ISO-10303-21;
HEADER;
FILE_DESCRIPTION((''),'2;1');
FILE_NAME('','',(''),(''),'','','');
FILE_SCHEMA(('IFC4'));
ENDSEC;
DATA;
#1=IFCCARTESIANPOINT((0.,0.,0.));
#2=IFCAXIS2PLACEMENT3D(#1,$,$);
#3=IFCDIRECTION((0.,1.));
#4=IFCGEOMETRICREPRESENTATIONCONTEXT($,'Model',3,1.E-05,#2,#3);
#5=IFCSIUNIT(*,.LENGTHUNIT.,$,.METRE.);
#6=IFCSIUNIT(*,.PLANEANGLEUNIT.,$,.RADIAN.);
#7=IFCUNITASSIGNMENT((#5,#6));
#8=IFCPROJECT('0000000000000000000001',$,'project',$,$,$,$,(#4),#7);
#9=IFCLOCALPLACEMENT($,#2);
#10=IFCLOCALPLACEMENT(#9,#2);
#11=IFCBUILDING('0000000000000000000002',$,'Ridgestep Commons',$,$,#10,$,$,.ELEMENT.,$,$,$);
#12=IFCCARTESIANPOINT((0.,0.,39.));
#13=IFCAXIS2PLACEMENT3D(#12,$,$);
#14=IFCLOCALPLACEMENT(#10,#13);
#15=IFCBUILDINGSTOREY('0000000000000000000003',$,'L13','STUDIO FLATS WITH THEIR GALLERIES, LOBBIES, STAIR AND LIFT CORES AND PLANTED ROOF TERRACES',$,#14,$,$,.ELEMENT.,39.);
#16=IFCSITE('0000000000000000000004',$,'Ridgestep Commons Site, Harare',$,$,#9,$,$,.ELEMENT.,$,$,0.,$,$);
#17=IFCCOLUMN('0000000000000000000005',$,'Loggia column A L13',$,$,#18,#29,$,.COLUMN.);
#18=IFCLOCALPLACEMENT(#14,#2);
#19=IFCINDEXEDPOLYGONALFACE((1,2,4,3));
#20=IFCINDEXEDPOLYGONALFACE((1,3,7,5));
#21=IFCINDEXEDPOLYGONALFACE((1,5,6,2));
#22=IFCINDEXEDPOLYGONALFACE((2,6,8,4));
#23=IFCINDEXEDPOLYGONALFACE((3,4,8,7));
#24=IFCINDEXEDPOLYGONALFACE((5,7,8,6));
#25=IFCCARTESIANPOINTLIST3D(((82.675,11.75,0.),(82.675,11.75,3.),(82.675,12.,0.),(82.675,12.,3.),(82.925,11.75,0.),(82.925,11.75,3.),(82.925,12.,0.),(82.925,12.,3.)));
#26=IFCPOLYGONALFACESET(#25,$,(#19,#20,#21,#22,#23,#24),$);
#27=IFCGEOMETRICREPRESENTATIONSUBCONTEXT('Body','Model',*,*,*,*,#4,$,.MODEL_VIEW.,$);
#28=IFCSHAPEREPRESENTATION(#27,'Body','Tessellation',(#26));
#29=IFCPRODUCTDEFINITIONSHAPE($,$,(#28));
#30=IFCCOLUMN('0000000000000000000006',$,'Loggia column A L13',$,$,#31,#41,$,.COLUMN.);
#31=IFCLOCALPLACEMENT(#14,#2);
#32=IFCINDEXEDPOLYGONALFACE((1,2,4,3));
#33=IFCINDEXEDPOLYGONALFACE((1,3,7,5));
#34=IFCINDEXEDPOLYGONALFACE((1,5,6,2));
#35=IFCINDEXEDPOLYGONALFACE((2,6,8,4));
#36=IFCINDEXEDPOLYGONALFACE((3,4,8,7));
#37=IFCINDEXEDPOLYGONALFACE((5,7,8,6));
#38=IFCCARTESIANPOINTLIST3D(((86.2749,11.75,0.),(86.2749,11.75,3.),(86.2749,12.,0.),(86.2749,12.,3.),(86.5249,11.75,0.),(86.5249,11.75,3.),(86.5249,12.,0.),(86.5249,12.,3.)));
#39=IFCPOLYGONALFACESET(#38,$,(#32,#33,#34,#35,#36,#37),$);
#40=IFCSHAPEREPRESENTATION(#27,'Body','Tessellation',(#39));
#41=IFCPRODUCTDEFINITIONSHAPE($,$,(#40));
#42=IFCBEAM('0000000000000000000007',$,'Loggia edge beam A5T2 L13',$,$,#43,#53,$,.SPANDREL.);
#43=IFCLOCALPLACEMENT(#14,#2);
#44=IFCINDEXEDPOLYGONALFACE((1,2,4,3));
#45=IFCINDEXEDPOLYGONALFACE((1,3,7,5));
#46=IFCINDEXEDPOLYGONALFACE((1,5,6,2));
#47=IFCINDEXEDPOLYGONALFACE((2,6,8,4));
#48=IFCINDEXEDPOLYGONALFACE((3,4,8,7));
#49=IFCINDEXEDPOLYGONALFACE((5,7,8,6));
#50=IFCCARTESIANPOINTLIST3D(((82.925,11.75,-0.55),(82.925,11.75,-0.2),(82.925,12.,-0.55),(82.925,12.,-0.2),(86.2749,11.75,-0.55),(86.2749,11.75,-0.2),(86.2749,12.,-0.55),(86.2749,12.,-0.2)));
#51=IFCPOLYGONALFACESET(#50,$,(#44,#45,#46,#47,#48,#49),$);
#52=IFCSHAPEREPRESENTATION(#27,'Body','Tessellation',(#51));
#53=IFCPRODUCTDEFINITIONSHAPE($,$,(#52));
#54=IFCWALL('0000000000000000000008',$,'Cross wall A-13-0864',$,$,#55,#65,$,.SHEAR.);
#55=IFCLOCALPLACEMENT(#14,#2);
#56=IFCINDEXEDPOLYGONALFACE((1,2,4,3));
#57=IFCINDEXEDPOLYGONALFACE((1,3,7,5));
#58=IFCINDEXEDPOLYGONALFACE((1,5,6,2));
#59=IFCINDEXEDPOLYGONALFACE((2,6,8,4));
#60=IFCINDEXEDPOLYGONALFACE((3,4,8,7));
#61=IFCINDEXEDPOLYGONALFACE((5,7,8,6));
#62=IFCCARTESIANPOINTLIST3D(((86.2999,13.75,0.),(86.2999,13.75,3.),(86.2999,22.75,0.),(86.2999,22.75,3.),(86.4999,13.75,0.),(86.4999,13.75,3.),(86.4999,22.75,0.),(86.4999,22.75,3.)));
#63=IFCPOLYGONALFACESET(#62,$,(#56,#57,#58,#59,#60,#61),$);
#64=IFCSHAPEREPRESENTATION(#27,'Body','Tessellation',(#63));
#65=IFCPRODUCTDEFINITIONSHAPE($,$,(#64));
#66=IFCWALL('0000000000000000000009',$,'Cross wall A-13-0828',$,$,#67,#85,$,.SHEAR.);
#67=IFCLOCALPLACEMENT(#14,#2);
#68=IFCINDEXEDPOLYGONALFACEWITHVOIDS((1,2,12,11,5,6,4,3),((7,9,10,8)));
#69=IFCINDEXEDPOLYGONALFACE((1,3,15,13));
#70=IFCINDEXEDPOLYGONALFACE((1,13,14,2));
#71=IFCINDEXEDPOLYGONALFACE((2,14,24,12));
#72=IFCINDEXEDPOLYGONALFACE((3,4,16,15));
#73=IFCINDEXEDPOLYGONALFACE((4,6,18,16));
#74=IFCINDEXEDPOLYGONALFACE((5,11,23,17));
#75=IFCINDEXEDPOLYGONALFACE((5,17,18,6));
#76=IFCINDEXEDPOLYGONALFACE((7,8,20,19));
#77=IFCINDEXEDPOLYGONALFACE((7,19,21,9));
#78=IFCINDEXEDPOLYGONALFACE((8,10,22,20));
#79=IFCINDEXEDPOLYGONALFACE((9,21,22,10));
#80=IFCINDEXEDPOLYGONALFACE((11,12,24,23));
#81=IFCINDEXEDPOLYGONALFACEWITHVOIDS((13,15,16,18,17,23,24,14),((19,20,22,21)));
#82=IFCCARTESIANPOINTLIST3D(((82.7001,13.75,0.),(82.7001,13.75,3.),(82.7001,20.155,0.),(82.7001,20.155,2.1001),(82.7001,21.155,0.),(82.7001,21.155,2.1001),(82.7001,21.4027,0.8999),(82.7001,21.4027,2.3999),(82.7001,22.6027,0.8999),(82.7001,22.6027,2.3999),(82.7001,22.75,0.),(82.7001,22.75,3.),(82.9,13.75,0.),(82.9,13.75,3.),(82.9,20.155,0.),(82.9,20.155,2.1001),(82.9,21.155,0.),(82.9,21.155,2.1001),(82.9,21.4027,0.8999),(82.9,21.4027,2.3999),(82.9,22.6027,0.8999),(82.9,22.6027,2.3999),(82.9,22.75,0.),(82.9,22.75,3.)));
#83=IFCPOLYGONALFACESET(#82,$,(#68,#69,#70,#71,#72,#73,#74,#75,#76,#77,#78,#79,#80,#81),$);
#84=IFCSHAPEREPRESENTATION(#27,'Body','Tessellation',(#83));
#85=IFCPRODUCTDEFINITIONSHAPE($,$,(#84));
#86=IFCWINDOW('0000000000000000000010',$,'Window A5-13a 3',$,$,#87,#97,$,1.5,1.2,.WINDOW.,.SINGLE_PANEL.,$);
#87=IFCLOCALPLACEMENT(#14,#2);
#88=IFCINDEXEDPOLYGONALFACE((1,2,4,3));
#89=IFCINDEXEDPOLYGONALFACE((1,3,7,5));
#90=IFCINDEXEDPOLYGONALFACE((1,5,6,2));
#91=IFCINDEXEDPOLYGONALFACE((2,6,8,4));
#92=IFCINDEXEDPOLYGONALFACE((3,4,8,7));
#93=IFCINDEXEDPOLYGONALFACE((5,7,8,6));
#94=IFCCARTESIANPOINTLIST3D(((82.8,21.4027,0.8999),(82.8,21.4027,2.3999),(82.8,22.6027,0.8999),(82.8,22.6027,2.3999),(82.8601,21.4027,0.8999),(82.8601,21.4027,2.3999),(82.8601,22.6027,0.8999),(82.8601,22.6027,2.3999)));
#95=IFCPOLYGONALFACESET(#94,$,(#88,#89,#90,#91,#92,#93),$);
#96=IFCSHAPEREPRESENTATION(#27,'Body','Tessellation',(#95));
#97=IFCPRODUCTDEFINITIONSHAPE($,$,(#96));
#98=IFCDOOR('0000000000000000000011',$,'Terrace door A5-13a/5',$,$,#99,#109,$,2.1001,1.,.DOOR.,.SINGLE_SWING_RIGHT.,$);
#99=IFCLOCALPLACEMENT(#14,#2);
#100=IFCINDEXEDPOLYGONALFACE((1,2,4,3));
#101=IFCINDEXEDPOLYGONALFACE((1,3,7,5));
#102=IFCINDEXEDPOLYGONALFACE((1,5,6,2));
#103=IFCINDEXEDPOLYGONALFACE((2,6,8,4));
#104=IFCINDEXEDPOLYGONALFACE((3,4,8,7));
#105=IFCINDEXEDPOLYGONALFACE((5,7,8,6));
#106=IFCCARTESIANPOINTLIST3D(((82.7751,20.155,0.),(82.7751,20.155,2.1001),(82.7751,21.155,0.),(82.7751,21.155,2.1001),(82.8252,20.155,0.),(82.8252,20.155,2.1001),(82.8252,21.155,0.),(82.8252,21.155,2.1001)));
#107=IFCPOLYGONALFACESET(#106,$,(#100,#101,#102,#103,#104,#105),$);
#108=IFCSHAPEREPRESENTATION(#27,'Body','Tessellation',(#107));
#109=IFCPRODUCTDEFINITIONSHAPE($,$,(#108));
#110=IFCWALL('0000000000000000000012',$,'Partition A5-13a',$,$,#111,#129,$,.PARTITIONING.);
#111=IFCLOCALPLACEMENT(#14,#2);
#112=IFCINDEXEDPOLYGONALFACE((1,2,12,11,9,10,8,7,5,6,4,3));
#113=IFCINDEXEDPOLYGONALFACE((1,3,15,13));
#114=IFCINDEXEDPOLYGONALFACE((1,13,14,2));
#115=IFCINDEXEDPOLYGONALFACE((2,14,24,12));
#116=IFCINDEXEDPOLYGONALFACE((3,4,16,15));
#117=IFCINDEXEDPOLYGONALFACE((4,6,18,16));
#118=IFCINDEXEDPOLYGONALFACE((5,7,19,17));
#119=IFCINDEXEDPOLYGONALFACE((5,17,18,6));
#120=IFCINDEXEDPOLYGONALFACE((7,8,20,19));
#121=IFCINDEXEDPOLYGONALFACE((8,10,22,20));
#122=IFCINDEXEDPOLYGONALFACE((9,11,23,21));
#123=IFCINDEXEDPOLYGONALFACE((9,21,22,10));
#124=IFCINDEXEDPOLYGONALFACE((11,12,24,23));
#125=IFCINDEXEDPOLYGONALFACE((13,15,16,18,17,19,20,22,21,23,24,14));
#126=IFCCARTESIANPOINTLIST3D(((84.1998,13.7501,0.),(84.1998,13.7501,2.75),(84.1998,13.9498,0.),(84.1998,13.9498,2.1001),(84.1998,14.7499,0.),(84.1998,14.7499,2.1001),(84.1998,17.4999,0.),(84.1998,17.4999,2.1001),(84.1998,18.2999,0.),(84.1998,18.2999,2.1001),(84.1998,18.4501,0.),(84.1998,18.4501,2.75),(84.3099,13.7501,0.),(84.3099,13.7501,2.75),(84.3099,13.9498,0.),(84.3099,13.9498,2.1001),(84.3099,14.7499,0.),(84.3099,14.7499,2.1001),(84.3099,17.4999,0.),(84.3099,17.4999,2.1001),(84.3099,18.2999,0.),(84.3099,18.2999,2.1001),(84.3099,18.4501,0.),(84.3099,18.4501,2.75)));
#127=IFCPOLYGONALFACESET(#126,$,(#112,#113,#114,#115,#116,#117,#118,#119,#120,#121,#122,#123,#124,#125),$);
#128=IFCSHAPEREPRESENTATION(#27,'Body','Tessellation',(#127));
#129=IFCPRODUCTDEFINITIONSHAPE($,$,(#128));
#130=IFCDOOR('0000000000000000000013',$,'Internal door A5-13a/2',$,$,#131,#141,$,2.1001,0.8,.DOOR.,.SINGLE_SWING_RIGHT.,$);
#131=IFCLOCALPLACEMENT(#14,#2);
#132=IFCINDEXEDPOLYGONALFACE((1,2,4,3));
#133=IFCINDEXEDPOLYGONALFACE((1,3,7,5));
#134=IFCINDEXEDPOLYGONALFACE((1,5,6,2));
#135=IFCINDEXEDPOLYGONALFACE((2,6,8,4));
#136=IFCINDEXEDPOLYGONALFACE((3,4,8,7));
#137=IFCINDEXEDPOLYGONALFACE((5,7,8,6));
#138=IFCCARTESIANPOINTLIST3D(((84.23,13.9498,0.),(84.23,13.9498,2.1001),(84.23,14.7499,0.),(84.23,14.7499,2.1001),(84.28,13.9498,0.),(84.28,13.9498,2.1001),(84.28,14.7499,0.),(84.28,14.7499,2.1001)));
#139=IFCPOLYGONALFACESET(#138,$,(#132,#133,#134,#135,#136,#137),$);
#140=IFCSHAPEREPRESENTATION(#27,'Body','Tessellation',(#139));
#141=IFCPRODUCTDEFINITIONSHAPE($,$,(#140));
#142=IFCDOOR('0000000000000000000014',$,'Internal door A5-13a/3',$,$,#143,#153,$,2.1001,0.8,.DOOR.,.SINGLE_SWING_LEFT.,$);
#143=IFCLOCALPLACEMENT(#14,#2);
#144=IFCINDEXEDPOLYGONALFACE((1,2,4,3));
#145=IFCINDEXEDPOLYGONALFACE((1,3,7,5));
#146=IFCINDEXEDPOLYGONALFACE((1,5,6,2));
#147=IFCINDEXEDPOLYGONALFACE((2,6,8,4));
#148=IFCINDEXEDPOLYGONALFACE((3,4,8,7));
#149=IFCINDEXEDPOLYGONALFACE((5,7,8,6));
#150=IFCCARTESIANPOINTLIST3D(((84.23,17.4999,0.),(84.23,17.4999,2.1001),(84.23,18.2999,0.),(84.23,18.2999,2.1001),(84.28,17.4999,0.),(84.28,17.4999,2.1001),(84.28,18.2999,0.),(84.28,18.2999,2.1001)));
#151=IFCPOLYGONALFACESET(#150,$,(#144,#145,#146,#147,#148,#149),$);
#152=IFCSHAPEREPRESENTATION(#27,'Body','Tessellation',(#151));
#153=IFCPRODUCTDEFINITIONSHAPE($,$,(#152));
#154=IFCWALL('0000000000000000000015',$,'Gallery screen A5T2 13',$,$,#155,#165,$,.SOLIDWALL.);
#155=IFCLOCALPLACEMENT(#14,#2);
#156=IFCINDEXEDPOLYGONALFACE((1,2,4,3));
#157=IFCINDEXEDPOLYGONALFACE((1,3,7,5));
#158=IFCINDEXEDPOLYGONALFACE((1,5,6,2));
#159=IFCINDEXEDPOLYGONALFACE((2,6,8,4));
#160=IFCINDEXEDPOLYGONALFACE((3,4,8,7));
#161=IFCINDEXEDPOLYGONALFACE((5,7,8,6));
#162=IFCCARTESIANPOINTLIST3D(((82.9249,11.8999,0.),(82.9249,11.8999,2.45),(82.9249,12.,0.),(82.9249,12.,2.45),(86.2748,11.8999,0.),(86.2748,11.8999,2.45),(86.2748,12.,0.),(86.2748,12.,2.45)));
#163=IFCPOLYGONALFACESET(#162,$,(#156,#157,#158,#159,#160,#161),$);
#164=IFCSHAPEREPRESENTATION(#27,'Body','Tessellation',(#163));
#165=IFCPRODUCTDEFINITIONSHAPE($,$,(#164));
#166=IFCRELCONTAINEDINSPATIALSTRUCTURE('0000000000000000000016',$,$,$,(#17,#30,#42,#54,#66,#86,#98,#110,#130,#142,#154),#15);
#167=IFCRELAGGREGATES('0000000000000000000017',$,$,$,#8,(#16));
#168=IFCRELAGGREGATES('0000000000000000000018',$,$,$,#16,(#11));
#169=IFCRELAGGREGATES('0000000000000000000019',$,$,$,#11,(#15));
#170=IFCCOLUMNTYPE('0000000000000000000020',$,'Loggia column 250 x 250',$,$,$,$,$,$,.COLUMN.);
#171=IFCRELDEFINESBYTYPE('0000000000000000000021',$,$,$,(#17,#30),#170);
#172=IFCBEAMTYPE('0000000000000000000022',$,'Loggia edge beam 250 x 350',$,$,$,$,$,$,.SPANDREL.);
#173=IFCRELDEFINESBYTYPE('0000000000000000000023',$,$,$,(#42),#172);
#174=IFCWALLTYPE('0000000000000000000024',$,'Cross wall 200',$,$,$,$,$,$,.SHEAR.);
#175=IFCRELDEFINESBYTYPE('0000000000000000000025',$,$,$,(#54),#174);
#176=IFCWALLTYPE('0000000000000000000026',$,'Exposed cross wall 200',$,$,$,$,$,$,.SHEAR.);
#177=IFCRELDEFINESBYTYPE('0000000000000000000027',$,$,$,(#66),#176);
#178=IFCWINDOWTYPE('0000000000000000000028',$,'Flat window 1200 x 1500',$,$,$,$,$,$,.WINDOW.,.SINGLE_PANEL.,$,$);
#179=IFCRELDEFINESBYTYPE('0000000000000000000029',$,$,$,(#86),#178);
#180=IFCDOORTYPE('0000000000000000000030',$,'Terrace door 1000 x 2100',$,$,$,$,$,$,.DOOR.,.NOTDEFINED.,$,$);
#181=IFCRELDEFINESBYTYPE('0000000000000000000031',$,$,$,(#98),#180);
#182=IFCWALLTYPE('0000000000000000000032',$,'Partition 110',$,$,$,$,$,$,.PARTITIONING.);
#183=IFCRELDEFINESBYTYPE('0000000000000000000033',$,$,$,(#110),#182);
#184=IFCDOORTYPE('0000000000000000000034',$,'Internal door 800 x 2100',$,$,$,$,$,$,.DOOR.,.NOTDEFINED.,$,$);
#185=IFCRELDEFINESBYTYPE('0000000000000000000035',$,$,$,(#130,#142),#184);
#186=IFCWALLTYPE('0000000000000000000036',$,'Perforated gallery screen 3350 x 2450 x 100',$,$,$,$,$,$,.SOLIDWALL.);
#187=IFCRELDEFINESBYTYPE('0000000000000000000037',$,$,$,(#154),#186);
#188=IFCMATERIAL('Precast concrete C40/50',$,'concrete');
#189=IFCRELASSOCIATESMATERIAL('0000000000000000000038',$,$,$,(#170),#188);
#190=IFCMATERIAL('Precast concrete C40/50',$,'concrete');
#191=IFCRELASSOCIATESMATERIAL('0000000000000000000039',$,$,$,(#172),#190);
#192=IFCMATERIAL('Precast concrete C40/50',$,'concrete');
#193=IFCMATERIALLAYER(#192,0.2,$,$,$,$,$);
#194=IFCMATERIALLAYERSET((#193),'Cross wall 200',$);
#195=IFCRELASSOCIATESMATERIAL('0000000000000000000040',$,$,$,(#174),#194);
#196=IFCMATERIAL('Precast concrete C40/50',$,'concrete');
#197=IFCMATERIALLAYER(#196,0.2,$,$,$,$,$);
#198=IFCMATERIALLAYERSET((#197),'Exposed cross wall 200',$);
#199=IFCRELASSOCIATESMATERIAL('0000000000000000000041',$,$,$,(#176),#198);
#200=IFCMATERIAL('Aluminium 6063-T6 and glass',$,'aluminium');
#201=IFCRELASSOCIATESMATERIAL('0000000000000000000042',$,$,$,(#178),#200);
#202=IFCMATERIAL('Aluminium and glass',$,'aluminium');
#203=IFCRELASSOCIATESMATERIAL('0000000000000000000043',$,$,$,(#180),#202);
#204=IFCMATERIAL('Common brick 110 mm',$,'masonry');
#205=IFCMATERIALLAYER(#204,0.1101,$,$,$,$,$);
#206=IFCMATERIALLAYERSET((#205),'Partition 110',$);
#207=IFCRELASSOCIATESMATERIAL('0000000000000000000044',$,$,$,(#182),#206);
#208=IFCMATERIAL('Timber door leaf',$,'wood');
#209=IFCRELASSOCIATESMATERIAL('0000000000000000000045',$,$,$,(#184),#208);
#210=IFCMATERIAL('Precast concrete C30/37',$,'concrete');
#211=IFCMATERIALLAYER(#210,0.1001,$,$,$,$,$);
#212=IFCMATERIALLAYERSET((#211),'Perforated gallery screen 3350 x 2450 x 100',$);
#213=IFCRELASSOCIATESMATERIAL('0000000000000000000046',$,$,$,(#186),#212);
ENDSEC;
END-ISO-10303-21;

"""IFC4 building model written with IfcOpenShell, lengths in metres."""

from ifc_helpers import new_model, si_unit, direction, frame, frame_2d, origin, origin_2d, place, context, subcontext, project, spatial, rectangle, extrude, material, layer, layer_set, material_profile, profile_set, type_object, element, fill, save


model = new_model("IFC4")

# Units and contexts
model_context = context("Model", 3, precision=1e-05, world=origin(), true_north=direction((0.0, 1.0)))
body_context = subcontext(model_context, "Body", "Model", "MODEL_VIEW")
ifc_project = project(units=[si_unit("LENGTHUNIT", "METRE"), si_unit("PLANEANGLEUNIT", "RADIAN")], contexts=[model_context])

# Site, building, storey
site_placement = place(None, origin())
site = spatial("IfcSite", under=ifc_project, at=site_placement, Name="Ridgestep Commons Site, Harare", CompositionType="ELEMENT", RefElevation=0.0)
building_placement = place(site_placement, origin())
building = spatial("IfcBuilding", under=site, at=building_placement, Name="Ridgestep Commons", CompositionType="ELEMENT")
storey_placement = place(building_placement, frame((0.0, 0.0, 39.0)))
storey = spatial("IfcBuildingStorey", under=building, at=storey_placement, Name="L13", Description="STUDIO FLATS WITH THEIR GALLERIES, LOBBIES, STAIR AND LIFT CORES AND PLANTED ROOF TERRACES", CompositionType="ELEMENT", Elevation=39.0)

# Columns
ifc_material_1 = material(Name="Precast concrete C40/50", Category="concrete")
ifc_material_profile_1 = material_profile(ifc_material_1, rectangle(XDim=0.25, YDim=0.25, at=origin_2d()), Name="PC 250x250")
ifc_profile_set_1 = profile_set([ifc_material_profile_1], Name="Precast concrete C40/50")
column_type = type_object("IfcColumnType", Name="Loggia column 250 x 250", PredefinedType="COLUMN", material=ifc_profile_set_1)
for number, where, z_axis, x_axis, name in (
    (1, (82.8, 11.875, 0.0), (0.0, 0.0, 1.0), (1.0, 0.0, 0.0), "Loggia column A L13"),
    (2, (86.3999, 11.875, 0.0), (0.0, 0.0, 1.0), (1.0, 0.0, 0.0), "Loggia column A L13"),
):
    element("IfcColumn", number, at=place(storey_placement, frame(where, z_axis=z_axis, x_axis=x_axis)), inside=storey, type_object=column_type, Name=name, PredefinedType="COLUMN", context=body_context, shape_type="SweptSolid", body=[
        extrude(rectangle(XDim=0.25, YDim=0.25, at=origin_2d()), origin(), (0.0, 0.0, 1.0), 3.0),
    ])

# Beam
ifc_material_2 = material(Name="Precast concrete C40/50", Category="concrete")
ifc_material_profile_2 = material_profile(ifc_material_2, rectangle(XDim=0.25, YDim=0.3501, at=origin_2d()), Name="PC 250x350")
ifc_profile_set_2 = profile_set([ifc_material_profile_2], Name="Precast concrete C40/50")
beam_type = type_object("IfcBeamType", Name="Loggia edge beam 250 x 350", PredefinedType="SPANDREL", material=ifc_profile_set_2)
beam_placement = place(storey_placement, frame((82.925, 11.875, -0.375), z_axis=(1.0, 0.0, 0.0), x_axis=(0.0, 1.0, 0.0)))
element("IfcBeam", 3, at=beam_placement, inside=storey, type_object=beam_type, Name="Loggia edge beam A5T2 L13", PredefinedType="SPANDREL", context=body_context, shape_type="SweptSolid", body=[
    extrude(rectangle(XDim=0.25, YDim=0.3501, at=origin_2d()), origin(), (0.0, 0.0, 1.0), 3.3499),
])

# Wall
ifc_material_3 = material(Name="Precast concrete C40/50", Category="concrete")
ifc_layer_1 = layer(ifc_material_3, 0.2)
ifc_layer_set_1 = layer_set([ifc_layer_1], Name="Cross wall 200")
wall_type_1 = type_object("IfcWallType", Name="Cross wall 200", PredefinedType="SHEAR", material=ifc_layer_set_1)
wall_1_placement = place(storey_placement, frame((86.3999, 13.75, 0.0), z_axis=(0.0, 0.0, 1.0), x_axis=(0.0, 1.0, 0.0)))
element("IfcWall", 4, at=wall_1_placement, inside=storey, type_object=wall_type_1, Name="Cross wall A-13-0864", PredefinedType="SHEAR", context=body_context, shape_type="SweptSolid", body=[
    extrude(rectangle(XDim=9.0, YDim=0.2, at=frame_2d((4.5, 0.0))), origin(), (0.0, 0.0, 1.0), 3.0),
])

# Wall, openings, window, door
ifc_material_4 = material(Name="Precast concrete C40/50", Category="concrete")
ifc_layer_2 = layer(ifc_material_4, 0.2)
ifc_layer_set_2 = layer_set([ifc_layer_2], Name="Exposed cross wall 200")
wall_type_2 = type_object("IfcWallType", Name="Exposed cross wall 200", PredefinedType="SHEAR", material=ifc_layer_set_2)
wall_2_placement = place(storey_placement, frame((82.8, 13.75, 0.0), z_axis=(0.0, 0.0, 1.0), x_axis=(0.0, 1.0, 0.0)))
wall_2 = element("IfcWall", 5, at=wall_2_placement, inside=storey, type_object=wall_type_2, Name="Cross wall A-13-0828", PredefinedType="SHEAR", context=body_context, shape_type="SweptSolid", body=[
    extrude(rectangle(XDim=9.0, YDim=0.2, at=frame_2d((4.5, 0.0))), origin(), (0.0, 0.0, 1.0), 3.0),
])
opening_1_placement = place(wall_2_placement, frame((7.6526, 0.0, 0.8999)))
opening_1 = element("IfcOpeningElement", 6, at=opening_1_placement, cuts=wall_2, PredefinedType="OPENING", context=body_context, shape_type="SweptSolid", body=[
    extrude(rectangle(XDim=1.2, YDim=1.5, at=frame_2d((0.6001, 0.75))), frame((0.0, 0.1099, 0.0), z_axis=(0.0, -1.0, 0.0), x_axis=(1.0, 0.0, 0.0)), (0.0, 0.0, 1.0), 0.22),
])
opening_2_placement = place(wall_2_placement, frame((6.405, 0.0, 0.0)))
opening_2 = element("IfcOpeningElement", 7, at=opening_2_placement, cuts=wall_2, PredefinedType="OPENING", context=body_context, shape_type="SweptSolid", body=[
    extrude(rectangle(XDim=1.0, YDim=2.1001, at=frame_2d((0.5, 1.05))), frame((0.0, 0.1099, 0.0), z_axis=(0.0, -1.0, 0.0), x_axis=(1.0, 0.0, 0.0)), (0.0, 0.0, 1.0), 0.22),
])
ifc_material_5 = material(Name="Aluminium 6063-T6 and glass", Category="aluminium")
window_type_1 = type_object("IfcWindowType", Name="Flat window 1200 x 1500", PartitioningType="SINGLE_PANEL", PredefinedType="WINDOW", material=ifc_material_5)
window_1_placement = place(opening_1_placement, origin())
window_1 = element("IfcWindow", 8, at=window_1_placement, inside=storey, type_object=window_type_1, Name="Window A5-13a 3", OverallHeight=1.5, OverallWidth=1.2, PartitioningType="SINGLE_PANEL", PredefinedType="WINDOW", context=body_context, shape_type="SweptSolid", body=[
    extrude(rectangle(XDim=1.2, YDim=1.5, at=frame_2d((0.6001, 0.75))), frame((0.0, 0.0, 0.0), z_axis=(0.0, -1.0, 0.0), x_axis=(1.0, 0.0, 0.0)), (0.0, 0.0, 1.0), 0.0601),
])
fill(opening_1, window_1)
ifc_material_6 = material(Name="Aluminium and glass", Category="aluminium")
door_type_1 = type_object("IfcDoorType", Name="Terrace door 1000 x 2100", OperationType="NOTDEFINED", PredefinedType="DOOR", material=ifc_material_6)
door_1_placement = place(opening_2_placement, origin())
door_1 = element("IfcDoor", 9, at=door_1_placement, inside=storey, type_object=door_type_1, Name="Terrace door A5-13a/5", OperationType="SINGLE_SWING_RIGHT", OverallHeight=2.1001, OverallWidth=1.0, PredefinedType="DOOR", context=body_context, shape_type="SweptSolid", body=[
    extrude(rectangle(XDim=1.0, YDim=2.1001, at=frame_2d((0.5, 1.05))), frame((0.0, 0.0249, 0.0), z_axis=(0.0, -1.0, 0.0), x_axis=(1.0, 0.0, 0.0)), (0.0, 0.0, 1.0), 0.05),
])
fill(opening_2, door_1)

# Wall, openings, doors
ifc_material_7 = material(Name="Common brick 110 mm", Category="masonry")
ifc_layer_3 = layer(ifc_material_7, 0.1101)
ifc_layer_set_3 = layer_set([ifc_layer_3], Name="Partition 110")
wall_type_3 = type_object("IfcWallType", Name="Partition 110", PredefinedType="PARTITIONING", material=ifc_layer_set_3)
wall_3_placement = place(storey_placement, frame((84.2549, 13.75, 0.0), z_axis=(0.0, 0.0, 1.0), x_axis=(0.0, 1.0, 0.0)))
wall_3 = element("IfcWall", 10, at=wall_3_placement, inside=storey, type_object=wall_type_3, Name="Partition A5-13a", PredefinedType="PARTITIONING", context=body_context, shape_type="SweptSolid", body=[
    extrude(rectangle(XDim=4.7, YDim=0.1101, at=frame_2d((2.3501, 0.0))), origin(), (0.0, 0.0, 1.0), 2.75),
])
opening_3_placement = place(wall_3_placement, frame((0.2, 0.0, 0.0)))
opening_3 = element("IfcOpeningElement", 11, at=opening_3_placement, cuts=wall_3, PredefinedType="OPENING", context=body_context, shape_type="SweptSolid", body=[
    extrude(rectangle(XDim=0.8, YDim=2.1001, at=frame_2d((0.3999, 1.05))), frame((0.0, 0.0649, 0.0), z_axis=(0.0, -1.0, 0.0), x_axis=(1.0, 0.0, 0.0)), (0.0, 0.0, 1.0), 0.1301),
])
opening_4_placement = place(wall_3_placement, frame((3.75, 0.0, 0.0)))
opening_4 = element("IfcOpeningElement", 12, at=opening_4_placement, cuts=wall_3, PredefinedType="OPENING", context=body_context, shape_type="SweptSolid", body=[
    extrude(rectangle(XDim=0.8, YDim=2.1001, at=frame_2d((0.3999, 1.05))), frame((0.0, 0.0649, 0.0), z_axis=(0.0, -1.0, 0.0), x_axis=(1.0, 0.0, 0.0)), (0.0, 0.0, 1.0), 0.1301),
])
ifc_material_8 = material(Name="Timber door leaf", Category="wood")
door_type_2 = type_object("IfcDoorType", Name="Internal door 800 x 2100", OperationType="NOTDEFINED", PredefinedType="DOOR", material=ifc_material_8)
door_2_placement = place(opening_3_placement, origin())
door_2 = element("IfcDoor", 13, at=door_2_placement, inside=storey, type_object=door_type_2, Name="Internal door A5-13a/2", OperationType="SINGLE_SWING_RIGHT", OverallHeight=2.1001, OverallWidth=0.8, PredefinedType="DOOR", context=body_context, shape_type="SweptSolid", body=[
    extrude(rectangle(XDim=0.8, YDim=2.1001, at=frame_2d((0.3999, 1.05))), frame((0.0, 0.0249, 0.0), z_axis=(0.0, -1.0, 0.0), x_axis=(1.0, 0.0, 0.0)), (0.0, 0.0, 1.0), 0.05),
])
fill(opening_3, door_2)
door_3_placement = place(opening_4_placement, origin())
door_3 = element("IfcDoor", 14, at=door_3_placement, inside=storey, type_object=door_type_2, Name="Internal door A5-13a/3", OperationType="SINGLE_SWING_LEFT", OverallHeight=2.1001, OverallWidth=0.8, PredefinedType="DOOR", context=body_context, shape_type="SweptSolid", body=[
    extrude(rectangle(XDim=0.8, YDim=2.1001, at=frame_2d((0.3999, 1.05))), frame((0.0, 0.0249, 0.0), z_axis=(0.0, -1.0, 0.0), x_axis=(1.0, 0.0, 0.0)), (0.0, 0.0, 1.0), 0.05),
])
fill(opening_4, door_3)

# Wall
ifc_material_9 = material(Name="Precast concrete C30/37", Category="concrete")
ifc_layer_4 = layer(ifc_material_9, 0.1001)
ifc_layer_set_4 = layer_set([ifc_layer_4], Name="Perforated gallery screen 3350 x 2450 x 100")
wall_type_4 = type_object("IfcWallType", Name="Perforated gallery screen 3350 x 2450 x 100", PredefinedType="SOLIDWALL", material=ifc_layer_set_4)
wall_4_placement = place(storey_placement, frame((82.925, 11.95, 0.0), z_axis=(0.0, 0.0, 1.0), x_axis=(1.0, 0.0, 0.0)))
element("IfcWall", 15, at=wall_4_placement, inside=storey, type_object=wall_type_4, Name="Gallery screen A5T2 13", PredefinedType="SOLIDWALL", context=body_context, shape_type="SweptSolid", body=[
    extrude(rectangle(XDim=3.3499, YDim=0.1001, at=frame_2d((1.6748, 0.0))), origin(), (0.0, 0.0, 1.0), 2.45),
])

save(model, "model.ifc")
